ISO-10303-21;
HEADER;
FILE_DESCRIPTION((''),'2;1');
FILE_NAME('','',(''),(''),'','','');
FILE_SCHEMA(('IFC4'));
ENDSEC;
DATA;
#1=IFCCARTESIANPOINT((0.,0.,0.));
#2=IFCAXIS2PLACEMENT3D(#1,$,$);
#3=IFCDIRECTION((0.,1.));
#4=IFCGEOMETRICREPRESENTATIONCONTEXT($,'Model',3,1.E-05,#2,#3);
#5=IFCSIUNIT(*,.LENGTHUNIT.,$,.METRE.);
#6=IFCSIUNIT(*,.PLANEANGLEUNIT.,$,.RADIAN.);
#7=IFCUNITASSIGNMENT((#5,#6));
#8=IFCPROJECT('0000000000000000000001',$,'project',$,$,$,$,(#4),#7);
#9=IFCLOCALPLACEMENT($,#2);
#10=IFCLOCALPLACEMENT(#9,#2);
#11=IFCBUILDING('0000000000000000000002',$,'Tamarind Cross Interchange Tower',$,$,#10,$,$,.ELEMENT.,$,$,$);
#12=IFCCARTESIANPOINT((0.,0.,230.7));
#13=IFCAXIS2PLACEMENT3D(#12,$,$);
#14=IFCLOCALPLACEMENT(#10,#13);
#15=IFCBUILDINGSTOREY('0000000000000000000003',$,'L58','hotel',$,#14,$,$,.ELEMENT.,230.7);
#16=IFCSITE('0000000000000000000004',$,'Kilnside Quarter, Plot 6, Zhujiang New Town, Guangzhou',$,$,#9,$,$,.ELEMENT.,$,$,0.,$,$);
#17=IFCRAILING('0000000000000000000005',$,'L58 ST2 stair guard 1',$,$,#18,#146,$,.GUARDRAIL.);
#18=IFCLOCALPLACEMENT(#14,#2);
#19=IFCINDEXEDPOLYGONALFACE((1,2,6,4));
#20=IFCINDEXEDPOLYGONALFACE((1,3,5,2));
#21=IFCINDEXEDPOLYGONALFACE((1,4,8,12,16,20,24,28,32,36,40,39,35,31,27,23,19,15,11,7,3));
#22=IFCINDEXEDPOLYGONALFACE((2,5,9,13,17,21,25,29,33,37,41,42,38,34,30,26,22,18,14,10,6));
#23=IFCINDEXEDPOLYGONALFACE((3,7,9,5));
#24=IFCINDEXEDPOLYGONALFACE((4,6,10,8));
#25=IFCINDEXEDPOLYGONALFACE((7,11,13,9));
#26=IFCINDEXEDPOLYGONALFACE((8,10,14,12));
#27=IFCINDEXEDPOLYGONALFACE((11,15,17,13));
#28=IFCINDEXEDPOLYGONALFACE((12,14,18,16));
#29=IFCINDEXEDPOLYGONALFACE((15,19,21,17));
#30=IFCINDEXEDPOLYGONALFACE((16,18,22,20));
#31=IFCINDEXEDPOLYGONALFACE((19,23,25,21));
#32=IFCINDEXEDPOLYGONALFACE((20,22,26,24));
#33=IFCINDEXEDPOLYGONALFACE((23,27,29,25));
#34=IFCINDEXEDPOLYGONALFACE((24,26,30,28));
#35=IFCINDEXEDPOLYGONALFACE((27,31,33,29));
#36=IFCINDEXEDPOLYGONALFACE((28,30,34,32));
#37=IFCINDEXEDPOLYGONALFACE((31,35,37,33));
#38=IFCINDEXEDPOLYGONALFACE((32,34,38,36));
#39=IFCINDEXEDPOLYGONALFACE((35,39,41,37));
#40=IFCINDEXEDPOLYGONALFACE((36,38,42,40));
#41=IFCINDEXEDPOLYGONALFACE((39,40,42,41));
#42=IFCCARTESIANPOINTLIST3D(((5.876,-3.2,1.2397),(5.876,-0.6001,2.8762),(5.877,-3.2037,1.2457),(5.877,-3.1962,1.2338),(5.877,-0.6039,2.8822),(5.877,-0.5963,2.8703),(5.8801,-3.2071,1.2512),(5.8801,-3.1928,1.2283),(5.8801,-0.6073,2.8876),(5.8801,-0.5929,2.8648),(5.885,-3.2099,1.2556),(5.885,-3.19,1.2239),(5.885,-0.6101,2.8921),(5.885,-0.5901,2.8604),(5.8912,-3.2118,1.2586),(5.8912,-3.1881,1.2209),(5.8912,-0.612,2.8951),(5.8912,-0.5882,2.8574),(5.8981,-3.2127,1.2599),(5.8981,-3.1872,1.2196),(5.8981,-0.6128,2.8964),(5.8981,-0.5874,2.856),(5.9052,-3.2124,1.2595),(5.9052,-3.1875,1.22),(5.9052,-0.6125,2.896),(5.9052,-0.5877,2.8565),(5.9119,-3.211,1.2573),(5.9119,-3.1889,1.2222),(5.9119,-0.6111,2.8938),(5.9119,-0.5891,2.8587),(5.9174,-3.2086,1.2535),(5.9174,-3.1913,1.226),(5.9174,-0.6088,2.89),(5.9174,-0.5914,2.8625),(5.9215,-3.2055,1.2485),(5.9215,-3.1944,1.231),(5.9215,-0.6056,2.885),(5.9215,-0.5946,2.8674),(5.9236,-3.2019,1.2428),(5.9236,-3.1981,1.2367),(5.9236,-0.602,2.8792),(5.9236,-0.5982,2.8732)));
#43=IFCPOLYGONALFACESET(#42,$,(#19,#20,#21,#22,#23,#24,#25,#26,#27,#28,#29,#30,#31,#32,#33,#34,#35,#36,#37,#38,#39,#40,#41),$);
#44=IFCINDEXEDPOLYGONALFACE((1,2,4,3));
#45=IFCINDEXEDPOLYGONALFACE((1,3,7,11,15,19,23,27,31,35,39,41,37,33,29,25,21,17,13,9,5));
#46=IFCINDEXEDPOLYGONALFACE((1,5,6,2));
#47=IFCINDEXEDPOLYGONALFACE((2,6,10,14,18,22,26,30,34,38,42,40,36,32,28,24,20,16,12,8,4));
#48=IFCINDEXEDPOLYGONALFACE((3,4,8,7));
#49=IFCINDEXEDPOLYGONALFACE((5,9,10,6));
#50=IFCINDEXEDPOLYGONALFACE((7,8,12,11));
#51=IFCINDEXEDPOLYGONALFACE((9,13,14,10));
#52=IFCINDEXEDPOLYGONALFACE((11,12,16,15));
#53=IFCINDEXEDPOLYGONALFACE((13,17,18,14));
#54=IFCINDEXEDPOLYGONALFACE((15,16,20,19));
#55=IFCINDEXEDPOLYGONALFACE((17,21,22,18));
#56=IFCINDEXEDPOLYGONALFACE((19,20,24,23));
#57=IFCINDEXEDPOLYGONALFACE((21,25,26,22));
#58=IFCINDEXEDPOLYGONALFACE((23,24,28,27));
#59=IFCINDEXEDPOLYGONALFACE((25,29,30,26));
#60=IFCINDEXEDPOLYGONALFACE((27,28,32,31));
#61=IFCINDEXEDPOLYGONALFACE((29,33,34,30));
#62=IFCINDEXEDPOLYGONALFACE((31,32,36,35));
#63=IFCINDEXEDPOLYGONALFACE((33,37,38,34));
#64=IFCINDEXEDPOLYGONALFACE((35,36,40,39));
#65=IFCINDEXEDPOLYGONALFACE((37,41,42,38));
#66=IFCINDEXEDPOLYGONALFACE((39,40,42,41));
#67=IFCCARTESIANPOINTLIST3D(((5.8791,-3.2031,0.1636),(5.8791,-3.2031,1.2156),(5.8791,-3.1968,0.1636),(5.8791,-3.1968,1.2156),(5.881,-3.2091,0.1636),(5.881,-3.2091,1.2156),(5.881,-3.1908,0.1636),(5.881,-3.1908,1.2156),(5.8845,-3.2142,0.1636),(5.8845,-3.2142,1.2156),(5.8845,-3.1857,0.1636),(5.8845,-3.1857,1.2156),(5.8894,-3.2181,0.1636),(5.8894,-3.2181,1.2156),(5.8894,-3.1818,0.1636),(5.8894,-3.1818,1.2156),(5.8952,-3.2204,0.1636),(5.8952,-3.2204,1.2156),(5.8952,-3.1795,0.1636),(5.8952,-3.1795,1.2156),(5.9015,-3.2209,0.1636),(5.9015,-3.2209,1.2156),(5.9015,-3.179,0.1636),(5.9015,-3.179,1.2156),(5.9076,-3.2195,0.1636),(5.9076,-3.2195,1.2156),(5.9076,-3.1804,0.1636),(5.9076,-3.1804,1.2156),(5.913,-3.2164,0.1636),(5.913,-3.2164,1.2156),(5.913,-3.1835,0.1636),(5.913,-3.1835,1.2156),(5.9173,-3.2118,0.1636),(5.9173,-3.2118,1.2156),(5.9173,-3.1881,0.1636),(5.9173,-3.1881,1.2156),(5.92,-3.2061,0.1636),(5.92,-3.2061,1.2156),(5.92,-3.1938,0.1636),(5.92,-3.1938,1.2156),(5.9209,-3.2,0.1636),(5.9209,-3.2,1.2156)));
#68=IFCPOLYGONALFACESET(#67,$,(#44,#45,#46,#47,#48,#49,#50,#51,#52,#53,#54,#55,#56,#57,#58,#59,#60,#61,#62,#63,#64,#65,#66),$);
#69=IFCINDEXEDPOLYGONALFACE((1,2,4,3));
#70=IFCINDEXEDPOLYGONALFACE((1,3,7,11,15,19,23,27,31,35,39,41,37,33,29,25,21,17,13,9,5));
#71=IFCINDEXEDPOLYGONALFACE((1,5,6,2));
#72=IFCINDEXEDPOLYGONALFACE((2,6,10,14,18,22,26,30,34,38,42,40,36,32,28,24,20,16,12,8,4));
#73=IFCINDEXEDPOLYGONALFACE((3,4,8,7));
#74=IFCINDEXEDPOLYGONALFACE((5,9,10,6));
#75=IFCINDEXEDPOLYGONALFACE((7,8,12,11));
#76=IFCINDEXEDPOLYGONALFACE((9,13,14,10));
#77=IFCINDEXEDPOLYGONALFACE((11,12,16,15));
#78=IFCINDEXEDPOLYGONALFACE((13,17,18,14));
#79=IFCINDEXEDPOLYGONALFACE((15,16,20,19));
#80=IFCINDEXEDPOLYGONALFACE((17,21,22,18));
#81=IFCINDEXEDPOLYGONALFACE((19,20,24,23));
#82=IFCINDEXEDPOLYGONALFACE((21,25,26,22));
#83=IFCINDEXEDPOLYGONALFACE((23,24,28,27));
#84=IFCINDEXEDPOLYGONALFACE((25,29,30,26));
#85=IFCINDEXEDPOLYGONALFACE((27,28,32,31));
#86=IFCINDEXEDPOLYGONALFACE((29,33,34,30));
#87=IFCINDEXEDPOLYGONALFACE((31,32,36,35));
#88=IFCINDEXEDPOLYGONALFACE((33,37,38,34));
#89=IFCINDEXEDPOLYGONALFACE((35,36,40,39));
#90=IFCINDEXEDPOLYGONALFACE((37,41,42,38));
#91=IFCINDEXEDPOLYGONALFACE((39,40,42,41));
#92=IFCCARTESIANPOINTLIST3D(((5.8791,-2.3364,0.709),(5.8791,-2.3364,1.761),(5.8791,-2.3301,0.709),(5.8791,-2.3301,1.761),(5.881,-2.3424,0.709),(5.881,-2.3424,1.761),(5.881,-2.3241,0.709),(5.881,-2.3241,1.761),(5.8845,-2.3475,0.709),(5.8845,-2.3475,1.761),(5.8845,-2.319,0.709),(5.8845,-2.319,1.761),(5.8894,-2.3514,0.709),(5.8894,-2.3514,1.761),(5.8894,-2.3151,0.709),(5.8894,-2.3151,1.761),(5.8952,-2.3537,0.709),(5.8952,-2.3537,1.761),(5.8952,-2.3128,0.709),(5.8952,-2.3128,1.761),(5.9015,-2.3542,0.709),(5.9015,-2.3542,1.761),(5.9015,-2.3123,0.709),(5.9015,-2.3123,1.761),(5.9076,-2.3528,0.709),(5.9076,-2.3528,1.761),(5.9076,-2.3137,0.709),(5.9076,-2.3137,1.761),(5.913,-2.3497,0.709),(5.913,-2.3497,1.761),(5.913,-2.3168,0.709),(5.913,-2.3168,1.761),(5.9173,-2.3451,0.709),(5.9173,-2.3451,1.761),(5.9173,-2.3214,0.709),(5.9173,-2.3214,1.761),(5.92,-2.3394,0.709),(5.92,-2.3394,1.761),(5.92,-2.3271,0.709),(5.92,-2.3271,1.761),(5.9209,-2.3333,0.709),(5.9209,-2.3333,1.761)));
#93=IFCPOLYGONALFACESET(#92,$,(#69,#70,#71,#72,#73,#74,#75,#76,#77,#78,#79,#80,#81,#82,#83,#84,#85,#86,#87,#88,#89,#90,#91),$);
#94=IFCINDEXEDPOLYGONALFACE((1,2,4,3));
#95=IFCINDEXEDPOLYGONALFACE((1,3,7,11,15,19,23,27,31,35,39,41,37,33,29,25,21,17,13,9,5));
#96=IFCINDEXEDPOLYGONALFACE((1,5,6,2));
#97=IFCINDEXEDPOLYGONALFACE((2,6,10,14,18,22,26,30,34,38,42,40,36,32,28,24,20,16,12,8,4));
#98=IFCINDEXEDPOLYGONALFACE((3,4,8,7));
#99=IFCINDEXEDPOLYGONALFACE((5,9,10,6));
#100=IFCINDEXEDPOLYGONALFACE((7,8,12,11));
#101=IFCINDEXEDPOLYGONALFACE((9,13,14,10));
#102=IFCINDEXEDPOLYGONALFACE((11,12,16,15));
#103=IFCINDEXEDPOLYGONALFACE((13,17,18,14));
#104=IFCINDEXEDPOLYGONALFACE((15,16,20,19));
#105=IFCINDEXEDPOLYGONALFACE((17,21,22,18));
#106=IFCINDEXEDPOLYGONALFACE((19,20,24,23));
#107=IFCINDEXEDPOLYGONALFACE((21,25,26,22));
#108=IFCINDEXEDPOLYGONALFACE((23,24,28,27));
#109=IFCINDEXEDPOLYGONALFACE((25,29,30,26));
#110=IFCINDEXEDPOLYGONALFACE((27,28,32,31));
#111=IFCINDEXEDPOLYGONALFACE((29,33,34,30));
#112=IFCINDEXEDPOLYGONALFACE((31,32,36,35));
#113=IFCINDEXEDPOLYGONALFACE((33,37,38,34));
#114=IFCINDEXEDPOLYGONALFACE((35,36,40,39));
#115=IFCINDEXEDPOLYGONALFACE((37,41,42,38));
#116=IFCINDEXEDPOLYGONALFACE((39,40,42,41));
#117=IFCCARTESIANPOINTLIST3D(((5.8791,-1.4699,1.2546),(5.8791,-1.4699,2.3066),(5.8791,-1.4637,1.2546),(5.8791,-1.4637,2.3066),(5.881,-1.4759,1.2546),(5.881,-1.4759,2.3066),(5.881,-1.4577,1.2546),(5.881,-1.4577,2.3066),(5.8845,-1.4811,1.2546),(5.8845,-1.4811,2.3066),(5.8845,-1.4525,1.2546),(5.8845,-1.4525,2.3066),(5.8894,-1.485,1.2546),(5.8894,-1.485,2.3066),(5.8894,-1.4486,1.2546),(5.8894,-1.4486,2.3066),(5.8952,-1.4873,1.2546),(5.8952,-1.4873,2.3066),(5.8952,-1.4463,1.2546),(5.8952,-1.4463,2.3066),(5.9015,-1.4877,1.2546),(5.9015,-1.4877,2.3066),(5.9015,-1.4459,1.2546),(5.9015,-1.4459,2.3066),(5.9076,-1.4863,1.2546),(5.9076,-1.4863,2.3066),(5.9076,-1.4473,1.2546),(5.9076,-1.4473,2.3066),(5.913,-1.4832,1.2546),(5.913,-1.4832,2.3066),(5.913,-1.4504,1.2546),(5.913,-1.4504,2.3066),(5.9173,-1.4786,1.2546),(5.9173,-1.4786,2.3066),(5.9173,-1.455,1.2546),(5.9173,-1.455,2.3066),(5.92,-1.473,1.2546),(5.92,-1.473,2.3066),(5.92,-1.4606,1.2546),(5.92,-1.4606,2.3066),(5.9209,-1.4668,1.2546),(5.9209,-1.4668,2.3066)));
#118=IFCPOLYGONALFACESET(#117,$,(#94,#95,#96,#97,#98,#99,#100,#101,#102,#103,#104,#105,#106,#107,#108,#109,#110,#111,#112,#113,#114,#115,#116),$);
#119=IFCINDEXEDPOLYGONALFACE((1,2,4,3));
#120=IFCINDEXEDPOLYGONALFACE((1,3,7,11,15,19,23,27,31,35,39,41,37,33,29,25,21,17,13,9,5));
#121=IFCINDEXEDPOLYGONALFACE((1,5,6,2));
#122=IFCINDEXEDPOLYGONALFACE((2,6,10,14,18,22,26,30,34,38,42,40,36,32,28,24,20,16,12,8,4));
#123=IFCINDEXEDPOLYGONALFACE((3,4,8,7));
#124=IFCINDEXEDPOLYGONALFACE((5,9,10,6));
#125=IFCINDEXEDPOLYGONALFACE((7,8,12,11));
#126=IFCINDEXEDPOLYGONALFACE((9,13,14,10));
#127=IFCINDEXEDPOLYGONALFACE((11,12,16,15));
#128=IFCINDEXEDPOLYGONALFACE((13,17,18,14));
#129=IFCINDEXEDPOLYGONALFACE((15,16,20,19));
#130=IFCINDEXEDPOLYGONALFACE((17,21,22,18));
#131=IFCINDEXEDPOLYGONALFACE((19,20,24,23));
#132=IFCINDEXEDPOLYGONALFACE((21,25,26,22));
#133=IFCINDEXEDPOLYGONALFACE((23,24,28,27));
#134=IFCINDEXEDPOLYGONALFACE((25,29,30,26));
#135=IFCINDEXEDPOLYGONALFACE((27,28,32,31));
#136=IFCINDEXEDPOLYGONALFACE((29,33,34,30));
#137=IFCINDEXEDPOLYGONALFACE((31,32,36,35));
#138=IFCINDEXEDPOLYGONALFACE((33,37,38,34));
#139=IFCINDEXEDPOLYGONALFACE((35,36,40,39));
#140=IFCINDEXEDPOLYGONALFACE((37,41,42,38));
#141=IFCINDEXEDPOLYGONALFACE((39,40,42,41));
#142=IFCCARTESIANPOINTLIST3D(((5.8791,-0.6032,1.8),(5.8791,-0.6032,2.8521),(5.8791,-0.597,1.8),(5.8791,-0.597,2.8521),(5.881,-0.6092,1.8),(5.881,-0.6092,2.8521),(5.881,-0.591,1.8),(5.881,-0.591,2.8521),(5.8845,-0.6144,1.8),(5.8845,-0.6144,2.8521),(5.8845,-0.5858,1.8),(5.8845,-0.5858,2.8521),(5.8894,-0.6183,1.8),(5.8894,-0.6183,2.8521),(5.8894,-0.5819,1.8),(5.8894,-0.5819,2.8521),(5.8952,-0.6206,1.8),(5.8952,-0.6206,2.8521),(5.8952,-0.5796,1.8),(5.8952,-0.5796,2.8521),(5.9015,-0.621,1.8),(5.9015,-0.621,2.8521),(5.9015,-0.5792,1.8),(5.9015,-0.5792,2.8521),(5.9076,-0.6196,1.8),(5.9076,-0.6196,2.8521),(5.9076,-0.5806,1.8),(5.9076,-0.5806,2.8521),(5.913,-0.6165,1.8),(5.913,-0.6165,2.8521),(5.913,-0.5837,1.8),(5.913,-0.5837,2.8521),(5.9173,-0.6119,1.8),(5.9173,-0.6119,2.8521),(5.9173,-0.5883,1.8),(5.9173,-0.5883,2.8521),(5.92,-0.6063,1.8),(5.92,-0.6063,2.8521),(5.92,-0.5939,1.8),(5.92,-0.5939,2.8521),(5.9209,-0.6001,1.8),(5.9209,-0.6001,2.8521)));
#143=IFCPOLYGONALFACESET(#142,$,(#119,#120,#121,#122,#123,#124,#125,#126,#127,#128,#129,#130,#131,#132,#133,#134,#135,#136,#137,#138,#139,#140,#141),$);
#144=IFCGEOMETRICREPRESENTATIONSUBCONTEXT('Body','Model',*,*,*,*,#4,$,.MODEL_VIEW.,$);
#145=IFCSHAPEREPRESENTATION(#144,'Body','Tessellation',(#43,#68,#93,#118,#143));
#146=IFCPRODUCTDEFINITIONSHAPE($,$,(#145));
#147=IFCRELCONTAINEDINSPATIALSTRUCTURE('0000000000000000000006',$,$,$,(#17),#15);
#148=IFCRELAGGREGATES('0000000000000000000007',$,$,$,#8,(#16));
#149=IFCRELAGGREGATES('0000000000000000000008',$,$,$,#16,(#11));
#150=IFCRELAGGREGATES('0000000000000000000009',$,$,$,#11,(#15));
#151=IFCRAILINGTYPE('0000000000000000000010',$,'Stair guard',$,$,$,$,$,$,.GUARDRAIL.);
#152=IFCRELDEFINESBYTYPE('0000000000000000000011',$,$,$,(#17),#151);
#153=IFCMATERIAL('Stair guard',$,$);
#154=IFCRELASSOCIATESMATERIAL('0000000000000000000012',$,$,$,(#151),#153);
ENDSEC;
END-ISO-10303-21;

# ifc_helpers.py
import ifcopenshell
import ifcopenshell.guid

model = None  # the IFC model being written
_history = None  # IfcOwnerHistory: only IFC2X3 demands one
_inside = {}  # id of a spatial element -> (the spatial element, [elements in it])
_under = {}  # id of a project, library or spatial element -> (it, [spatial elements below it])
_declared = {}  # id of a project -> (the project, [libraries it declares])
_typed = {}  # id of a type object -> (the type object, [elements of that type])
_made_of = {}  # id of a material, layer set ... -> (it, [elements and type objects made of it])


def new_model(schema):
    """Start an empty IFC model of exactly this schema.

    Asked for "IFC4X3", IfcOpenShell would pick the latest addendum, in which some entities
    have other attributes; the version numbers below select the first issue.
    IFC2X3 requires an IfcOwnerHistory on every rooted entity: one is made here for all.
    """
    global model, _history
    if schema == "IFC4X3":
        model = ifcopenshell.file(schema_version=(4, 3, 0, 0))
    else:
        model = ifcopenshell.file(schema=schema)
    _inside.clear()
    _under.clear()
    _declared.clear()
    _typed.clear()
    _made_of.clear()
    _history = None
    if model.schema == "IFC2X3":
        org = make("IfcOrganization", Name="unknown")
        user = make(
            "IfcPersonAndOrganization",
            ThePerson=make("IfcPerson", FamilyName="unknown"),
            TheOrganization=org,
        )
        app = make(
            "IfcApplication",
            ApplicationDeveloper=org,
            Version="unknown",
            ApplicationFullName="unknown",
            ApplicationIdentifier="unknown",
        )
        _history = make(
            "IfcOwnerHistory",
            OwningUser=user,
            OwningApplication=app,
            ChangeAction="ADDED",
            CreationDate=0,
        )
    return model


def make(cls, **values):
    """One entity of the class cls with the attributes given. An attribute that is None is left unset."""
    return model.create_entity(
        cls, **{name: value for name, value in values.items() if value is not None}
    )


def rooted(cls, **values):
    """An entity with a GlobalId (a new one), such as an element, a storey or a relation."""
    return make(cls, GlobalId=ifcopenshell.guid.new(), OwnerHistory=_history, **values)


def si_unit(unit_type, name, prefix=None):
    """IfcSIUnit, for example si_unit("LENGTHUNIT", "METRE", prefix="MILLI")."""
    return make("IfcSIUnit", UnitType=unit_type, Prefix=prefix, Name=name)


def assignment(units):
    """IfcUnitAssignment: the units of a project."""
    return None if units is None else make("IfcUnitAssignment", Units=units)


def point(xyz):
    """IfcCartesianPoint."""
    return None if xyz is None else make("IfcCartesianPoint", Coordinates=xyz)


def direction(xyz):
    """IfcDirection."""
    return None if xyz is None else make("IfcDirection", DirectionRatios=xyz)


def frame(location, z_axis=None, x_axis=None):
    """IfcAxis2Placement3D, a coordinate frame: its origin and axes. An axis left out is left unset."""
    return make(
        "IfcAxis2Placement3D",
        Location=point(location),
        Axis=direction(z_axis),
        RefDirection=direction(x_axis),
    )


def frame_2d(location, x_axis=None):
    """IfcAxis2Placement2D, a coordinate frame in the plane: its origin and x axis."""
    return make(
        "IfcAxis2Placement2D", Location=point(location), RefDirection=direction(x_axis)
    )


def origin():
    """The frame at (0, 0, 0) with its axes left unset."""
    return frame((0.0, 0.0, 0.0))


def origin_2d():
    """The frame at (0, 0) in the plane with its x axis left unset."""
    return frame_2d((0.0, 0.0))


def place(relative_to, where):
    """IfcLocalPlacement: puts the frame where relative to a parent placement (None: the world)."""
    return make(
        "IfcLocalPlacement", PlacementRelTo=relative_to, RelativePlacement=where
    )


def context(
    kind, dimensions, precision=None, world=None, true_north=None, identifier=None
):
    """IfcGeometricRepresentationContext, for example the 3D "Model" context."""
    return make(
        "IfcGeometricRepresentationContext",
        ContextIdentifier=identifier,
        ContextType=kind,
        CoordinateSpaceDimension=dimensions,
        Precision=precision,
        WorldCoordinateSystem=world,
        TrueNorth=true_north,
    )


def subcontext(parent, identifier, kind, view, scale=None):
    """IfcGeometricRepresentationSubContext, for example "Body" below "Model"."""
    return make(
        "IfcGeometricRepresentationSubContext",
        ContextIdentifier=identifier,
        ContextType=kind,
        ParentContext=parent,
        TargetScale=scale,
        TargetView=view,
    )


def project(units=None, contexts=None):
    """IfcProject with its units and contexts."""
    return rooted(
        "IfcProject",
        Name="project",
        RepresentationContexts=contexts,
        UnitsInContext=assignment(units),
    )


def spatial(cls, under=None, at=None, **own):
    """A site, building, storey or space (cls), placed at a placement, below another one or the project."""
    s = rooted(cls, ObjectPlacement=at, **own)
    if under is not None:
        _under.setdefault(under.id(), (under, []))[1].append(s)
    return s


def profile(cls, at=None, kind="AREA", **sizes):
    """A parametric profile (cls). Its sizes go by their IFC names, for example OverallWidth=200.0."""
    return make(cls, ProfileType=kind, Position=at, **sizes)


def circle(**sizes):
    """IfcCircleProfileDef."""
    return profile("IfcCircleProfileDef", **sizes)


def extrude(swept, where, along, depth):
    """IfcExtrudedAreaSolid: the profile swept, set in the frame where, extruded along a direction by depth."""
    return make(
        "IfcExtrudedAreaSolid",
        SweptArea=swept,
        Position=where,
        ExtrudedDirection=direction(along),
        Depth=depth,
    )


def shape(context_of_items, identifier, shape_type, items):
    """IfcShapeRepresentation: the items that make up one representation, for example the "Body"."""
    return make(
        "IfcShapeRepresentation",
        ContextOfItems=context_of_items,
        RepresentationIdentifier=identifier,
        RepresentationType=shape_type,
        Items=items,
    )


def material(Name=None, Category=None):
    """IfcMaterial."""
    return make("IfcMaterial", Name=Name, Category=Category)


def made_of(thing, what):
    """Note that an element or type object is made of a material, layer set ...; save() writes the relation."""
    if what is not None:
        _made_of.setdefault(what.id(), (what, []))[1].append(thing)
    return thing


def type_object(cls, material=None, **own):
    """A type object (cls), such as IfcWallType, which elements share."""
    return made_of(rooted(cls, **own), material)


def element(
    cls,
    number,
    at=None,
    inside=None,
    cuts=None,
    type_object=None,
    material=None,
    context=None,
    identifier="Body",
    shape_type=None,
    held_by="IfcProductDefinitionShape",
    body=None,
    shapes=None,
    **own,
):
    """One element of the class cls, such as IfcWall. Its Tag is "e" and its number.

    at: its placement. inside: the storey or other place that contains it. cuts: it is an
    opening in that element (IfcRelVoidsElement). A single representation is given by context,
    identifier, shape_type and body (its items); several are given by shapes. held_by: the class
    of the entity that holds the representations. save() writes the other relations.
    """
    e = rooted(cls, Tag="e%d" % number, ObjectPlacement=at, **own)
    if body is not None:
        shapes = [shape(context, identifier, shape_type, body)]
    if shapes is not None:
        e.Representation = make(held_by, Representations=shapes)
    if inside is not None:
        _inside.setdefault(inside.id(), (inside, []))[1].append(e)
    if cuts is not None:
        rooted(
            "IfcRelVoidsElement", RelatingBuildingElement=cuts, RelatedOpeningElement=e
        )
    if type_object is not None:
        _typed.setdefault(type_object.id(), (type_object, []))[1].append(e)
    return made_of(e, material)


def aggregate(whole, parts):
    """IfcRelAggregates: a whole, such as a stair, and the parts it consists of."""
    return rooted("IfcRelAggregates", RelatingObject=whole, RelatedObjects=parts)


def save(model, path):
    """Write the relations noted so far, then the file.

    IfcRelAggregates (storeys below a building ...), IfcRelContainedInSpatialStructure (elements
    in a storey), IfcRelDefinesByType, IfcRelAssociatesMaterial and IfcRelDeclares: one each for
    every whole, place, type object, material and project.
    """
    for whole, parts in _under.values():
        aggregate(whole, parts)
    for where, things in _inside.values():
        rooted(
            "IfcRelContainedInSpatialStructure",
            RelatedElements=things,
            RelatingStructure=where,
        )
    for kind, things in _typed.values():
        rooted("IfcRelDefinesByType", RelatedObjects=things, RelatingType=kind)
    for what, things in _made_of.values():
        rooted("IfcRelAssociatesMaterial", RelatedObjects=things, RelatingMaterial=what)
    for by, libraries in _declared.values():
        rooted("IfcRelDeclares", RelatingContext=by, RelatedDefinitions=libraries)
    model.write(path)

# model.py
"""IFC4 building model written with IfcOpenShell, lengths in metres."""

from ifc_helpers import new_model, si_unit, direction, frame, origin, origin_2d, place, context, subcontext, project, spatial, circle, extrude, material, type_object, element, save


model = new_model("IFC4")

# Units and contexts
model_context = context("Model", 3, precision=1e-05, world=origin(), true_north=direction((0.0, 1.0)))
body_context = subcontext(model_context, "Body", "Model", "MODEL_VIEW")
ifc_project = project(units=[si_unit("LENGTHUNIT", "METRE"), si_unit("PLANEANGLEUNIT", "RADIAN")], contexts=[model_context])

# Site, building, storey
site_placement = place(None, origin())
site = spatial("IfcSite", under=ifc_project, at=site_placement, Name="Kilnside Quarter, Plot 6, Zhujiang New Town, Guangzhou", CompositionType="ELEMENT", RefElevation=0.0)
building_placement = place(site_placement, origin())
building = spatial("IfcBuilding", under=site, at=building_placement, Name="Tamarind Cross Interchange Tower", CompositionType="ELEMENT")
storey_placement = place(building_placement, frame((0.0, 0.0, 230.7)))
storey = spatial("IfcBuildingStorey", under=building, at=storey_placement, Name="L58", Description="hotel", CompositionType="ELEMENT", Elevation=230.7)

# Railing
ifc_material_1 = material(Name="Stair guard")
railing_type = type_object("IfcRailingType", Name="Stair guard", PredefinedType="GUARDRAIL", material=ifc_material_1)
railing_1_placement = place(storey_placement, frame((5.8999, -3.2, 0.1636)))
element("IfcRailing", 1, at=railing_1_placement, inside=storey, type_object=railing_type, Name="L58 ST2 stair guard 1", PredefinedType="GUARDRAIL", context=body_context, shape_type="SweptSolid", body=[
    extrude(circle(Radius=0.0239, at=origin_2d()), frame((0.0, 0.0, 1.0762), z_axis=(0.0, 0.846302, 0.532704), x_axis=(-1.0, 0.0, 0.0)), (0.0, 0.0, 1.0), 3.072),
    extrude(circle(Radius=0.021, at=origin_2d()), origin(), (0.0, 0.0, 1.0), 1.052),
    extrude(circle(Radius=0.021, at=origin_2d()), frame((0.0, 0.8667, 0.5454)), (0.0, 0.0, 1.0), 1.052),
    extrude(circle(Radius=0.021, at=origin_2d()), frame((0.0, 1.7332, 1.0911)), (0.0, 0.0, 1.0), 1.052),
    extrude(circle(Radius=0.021, at=origin_2d()), frame((0.0, 2.5999, 1.6365)), (0.0, 0.0, 1.0), 1.052),
])

save(model, "model.ifc")
